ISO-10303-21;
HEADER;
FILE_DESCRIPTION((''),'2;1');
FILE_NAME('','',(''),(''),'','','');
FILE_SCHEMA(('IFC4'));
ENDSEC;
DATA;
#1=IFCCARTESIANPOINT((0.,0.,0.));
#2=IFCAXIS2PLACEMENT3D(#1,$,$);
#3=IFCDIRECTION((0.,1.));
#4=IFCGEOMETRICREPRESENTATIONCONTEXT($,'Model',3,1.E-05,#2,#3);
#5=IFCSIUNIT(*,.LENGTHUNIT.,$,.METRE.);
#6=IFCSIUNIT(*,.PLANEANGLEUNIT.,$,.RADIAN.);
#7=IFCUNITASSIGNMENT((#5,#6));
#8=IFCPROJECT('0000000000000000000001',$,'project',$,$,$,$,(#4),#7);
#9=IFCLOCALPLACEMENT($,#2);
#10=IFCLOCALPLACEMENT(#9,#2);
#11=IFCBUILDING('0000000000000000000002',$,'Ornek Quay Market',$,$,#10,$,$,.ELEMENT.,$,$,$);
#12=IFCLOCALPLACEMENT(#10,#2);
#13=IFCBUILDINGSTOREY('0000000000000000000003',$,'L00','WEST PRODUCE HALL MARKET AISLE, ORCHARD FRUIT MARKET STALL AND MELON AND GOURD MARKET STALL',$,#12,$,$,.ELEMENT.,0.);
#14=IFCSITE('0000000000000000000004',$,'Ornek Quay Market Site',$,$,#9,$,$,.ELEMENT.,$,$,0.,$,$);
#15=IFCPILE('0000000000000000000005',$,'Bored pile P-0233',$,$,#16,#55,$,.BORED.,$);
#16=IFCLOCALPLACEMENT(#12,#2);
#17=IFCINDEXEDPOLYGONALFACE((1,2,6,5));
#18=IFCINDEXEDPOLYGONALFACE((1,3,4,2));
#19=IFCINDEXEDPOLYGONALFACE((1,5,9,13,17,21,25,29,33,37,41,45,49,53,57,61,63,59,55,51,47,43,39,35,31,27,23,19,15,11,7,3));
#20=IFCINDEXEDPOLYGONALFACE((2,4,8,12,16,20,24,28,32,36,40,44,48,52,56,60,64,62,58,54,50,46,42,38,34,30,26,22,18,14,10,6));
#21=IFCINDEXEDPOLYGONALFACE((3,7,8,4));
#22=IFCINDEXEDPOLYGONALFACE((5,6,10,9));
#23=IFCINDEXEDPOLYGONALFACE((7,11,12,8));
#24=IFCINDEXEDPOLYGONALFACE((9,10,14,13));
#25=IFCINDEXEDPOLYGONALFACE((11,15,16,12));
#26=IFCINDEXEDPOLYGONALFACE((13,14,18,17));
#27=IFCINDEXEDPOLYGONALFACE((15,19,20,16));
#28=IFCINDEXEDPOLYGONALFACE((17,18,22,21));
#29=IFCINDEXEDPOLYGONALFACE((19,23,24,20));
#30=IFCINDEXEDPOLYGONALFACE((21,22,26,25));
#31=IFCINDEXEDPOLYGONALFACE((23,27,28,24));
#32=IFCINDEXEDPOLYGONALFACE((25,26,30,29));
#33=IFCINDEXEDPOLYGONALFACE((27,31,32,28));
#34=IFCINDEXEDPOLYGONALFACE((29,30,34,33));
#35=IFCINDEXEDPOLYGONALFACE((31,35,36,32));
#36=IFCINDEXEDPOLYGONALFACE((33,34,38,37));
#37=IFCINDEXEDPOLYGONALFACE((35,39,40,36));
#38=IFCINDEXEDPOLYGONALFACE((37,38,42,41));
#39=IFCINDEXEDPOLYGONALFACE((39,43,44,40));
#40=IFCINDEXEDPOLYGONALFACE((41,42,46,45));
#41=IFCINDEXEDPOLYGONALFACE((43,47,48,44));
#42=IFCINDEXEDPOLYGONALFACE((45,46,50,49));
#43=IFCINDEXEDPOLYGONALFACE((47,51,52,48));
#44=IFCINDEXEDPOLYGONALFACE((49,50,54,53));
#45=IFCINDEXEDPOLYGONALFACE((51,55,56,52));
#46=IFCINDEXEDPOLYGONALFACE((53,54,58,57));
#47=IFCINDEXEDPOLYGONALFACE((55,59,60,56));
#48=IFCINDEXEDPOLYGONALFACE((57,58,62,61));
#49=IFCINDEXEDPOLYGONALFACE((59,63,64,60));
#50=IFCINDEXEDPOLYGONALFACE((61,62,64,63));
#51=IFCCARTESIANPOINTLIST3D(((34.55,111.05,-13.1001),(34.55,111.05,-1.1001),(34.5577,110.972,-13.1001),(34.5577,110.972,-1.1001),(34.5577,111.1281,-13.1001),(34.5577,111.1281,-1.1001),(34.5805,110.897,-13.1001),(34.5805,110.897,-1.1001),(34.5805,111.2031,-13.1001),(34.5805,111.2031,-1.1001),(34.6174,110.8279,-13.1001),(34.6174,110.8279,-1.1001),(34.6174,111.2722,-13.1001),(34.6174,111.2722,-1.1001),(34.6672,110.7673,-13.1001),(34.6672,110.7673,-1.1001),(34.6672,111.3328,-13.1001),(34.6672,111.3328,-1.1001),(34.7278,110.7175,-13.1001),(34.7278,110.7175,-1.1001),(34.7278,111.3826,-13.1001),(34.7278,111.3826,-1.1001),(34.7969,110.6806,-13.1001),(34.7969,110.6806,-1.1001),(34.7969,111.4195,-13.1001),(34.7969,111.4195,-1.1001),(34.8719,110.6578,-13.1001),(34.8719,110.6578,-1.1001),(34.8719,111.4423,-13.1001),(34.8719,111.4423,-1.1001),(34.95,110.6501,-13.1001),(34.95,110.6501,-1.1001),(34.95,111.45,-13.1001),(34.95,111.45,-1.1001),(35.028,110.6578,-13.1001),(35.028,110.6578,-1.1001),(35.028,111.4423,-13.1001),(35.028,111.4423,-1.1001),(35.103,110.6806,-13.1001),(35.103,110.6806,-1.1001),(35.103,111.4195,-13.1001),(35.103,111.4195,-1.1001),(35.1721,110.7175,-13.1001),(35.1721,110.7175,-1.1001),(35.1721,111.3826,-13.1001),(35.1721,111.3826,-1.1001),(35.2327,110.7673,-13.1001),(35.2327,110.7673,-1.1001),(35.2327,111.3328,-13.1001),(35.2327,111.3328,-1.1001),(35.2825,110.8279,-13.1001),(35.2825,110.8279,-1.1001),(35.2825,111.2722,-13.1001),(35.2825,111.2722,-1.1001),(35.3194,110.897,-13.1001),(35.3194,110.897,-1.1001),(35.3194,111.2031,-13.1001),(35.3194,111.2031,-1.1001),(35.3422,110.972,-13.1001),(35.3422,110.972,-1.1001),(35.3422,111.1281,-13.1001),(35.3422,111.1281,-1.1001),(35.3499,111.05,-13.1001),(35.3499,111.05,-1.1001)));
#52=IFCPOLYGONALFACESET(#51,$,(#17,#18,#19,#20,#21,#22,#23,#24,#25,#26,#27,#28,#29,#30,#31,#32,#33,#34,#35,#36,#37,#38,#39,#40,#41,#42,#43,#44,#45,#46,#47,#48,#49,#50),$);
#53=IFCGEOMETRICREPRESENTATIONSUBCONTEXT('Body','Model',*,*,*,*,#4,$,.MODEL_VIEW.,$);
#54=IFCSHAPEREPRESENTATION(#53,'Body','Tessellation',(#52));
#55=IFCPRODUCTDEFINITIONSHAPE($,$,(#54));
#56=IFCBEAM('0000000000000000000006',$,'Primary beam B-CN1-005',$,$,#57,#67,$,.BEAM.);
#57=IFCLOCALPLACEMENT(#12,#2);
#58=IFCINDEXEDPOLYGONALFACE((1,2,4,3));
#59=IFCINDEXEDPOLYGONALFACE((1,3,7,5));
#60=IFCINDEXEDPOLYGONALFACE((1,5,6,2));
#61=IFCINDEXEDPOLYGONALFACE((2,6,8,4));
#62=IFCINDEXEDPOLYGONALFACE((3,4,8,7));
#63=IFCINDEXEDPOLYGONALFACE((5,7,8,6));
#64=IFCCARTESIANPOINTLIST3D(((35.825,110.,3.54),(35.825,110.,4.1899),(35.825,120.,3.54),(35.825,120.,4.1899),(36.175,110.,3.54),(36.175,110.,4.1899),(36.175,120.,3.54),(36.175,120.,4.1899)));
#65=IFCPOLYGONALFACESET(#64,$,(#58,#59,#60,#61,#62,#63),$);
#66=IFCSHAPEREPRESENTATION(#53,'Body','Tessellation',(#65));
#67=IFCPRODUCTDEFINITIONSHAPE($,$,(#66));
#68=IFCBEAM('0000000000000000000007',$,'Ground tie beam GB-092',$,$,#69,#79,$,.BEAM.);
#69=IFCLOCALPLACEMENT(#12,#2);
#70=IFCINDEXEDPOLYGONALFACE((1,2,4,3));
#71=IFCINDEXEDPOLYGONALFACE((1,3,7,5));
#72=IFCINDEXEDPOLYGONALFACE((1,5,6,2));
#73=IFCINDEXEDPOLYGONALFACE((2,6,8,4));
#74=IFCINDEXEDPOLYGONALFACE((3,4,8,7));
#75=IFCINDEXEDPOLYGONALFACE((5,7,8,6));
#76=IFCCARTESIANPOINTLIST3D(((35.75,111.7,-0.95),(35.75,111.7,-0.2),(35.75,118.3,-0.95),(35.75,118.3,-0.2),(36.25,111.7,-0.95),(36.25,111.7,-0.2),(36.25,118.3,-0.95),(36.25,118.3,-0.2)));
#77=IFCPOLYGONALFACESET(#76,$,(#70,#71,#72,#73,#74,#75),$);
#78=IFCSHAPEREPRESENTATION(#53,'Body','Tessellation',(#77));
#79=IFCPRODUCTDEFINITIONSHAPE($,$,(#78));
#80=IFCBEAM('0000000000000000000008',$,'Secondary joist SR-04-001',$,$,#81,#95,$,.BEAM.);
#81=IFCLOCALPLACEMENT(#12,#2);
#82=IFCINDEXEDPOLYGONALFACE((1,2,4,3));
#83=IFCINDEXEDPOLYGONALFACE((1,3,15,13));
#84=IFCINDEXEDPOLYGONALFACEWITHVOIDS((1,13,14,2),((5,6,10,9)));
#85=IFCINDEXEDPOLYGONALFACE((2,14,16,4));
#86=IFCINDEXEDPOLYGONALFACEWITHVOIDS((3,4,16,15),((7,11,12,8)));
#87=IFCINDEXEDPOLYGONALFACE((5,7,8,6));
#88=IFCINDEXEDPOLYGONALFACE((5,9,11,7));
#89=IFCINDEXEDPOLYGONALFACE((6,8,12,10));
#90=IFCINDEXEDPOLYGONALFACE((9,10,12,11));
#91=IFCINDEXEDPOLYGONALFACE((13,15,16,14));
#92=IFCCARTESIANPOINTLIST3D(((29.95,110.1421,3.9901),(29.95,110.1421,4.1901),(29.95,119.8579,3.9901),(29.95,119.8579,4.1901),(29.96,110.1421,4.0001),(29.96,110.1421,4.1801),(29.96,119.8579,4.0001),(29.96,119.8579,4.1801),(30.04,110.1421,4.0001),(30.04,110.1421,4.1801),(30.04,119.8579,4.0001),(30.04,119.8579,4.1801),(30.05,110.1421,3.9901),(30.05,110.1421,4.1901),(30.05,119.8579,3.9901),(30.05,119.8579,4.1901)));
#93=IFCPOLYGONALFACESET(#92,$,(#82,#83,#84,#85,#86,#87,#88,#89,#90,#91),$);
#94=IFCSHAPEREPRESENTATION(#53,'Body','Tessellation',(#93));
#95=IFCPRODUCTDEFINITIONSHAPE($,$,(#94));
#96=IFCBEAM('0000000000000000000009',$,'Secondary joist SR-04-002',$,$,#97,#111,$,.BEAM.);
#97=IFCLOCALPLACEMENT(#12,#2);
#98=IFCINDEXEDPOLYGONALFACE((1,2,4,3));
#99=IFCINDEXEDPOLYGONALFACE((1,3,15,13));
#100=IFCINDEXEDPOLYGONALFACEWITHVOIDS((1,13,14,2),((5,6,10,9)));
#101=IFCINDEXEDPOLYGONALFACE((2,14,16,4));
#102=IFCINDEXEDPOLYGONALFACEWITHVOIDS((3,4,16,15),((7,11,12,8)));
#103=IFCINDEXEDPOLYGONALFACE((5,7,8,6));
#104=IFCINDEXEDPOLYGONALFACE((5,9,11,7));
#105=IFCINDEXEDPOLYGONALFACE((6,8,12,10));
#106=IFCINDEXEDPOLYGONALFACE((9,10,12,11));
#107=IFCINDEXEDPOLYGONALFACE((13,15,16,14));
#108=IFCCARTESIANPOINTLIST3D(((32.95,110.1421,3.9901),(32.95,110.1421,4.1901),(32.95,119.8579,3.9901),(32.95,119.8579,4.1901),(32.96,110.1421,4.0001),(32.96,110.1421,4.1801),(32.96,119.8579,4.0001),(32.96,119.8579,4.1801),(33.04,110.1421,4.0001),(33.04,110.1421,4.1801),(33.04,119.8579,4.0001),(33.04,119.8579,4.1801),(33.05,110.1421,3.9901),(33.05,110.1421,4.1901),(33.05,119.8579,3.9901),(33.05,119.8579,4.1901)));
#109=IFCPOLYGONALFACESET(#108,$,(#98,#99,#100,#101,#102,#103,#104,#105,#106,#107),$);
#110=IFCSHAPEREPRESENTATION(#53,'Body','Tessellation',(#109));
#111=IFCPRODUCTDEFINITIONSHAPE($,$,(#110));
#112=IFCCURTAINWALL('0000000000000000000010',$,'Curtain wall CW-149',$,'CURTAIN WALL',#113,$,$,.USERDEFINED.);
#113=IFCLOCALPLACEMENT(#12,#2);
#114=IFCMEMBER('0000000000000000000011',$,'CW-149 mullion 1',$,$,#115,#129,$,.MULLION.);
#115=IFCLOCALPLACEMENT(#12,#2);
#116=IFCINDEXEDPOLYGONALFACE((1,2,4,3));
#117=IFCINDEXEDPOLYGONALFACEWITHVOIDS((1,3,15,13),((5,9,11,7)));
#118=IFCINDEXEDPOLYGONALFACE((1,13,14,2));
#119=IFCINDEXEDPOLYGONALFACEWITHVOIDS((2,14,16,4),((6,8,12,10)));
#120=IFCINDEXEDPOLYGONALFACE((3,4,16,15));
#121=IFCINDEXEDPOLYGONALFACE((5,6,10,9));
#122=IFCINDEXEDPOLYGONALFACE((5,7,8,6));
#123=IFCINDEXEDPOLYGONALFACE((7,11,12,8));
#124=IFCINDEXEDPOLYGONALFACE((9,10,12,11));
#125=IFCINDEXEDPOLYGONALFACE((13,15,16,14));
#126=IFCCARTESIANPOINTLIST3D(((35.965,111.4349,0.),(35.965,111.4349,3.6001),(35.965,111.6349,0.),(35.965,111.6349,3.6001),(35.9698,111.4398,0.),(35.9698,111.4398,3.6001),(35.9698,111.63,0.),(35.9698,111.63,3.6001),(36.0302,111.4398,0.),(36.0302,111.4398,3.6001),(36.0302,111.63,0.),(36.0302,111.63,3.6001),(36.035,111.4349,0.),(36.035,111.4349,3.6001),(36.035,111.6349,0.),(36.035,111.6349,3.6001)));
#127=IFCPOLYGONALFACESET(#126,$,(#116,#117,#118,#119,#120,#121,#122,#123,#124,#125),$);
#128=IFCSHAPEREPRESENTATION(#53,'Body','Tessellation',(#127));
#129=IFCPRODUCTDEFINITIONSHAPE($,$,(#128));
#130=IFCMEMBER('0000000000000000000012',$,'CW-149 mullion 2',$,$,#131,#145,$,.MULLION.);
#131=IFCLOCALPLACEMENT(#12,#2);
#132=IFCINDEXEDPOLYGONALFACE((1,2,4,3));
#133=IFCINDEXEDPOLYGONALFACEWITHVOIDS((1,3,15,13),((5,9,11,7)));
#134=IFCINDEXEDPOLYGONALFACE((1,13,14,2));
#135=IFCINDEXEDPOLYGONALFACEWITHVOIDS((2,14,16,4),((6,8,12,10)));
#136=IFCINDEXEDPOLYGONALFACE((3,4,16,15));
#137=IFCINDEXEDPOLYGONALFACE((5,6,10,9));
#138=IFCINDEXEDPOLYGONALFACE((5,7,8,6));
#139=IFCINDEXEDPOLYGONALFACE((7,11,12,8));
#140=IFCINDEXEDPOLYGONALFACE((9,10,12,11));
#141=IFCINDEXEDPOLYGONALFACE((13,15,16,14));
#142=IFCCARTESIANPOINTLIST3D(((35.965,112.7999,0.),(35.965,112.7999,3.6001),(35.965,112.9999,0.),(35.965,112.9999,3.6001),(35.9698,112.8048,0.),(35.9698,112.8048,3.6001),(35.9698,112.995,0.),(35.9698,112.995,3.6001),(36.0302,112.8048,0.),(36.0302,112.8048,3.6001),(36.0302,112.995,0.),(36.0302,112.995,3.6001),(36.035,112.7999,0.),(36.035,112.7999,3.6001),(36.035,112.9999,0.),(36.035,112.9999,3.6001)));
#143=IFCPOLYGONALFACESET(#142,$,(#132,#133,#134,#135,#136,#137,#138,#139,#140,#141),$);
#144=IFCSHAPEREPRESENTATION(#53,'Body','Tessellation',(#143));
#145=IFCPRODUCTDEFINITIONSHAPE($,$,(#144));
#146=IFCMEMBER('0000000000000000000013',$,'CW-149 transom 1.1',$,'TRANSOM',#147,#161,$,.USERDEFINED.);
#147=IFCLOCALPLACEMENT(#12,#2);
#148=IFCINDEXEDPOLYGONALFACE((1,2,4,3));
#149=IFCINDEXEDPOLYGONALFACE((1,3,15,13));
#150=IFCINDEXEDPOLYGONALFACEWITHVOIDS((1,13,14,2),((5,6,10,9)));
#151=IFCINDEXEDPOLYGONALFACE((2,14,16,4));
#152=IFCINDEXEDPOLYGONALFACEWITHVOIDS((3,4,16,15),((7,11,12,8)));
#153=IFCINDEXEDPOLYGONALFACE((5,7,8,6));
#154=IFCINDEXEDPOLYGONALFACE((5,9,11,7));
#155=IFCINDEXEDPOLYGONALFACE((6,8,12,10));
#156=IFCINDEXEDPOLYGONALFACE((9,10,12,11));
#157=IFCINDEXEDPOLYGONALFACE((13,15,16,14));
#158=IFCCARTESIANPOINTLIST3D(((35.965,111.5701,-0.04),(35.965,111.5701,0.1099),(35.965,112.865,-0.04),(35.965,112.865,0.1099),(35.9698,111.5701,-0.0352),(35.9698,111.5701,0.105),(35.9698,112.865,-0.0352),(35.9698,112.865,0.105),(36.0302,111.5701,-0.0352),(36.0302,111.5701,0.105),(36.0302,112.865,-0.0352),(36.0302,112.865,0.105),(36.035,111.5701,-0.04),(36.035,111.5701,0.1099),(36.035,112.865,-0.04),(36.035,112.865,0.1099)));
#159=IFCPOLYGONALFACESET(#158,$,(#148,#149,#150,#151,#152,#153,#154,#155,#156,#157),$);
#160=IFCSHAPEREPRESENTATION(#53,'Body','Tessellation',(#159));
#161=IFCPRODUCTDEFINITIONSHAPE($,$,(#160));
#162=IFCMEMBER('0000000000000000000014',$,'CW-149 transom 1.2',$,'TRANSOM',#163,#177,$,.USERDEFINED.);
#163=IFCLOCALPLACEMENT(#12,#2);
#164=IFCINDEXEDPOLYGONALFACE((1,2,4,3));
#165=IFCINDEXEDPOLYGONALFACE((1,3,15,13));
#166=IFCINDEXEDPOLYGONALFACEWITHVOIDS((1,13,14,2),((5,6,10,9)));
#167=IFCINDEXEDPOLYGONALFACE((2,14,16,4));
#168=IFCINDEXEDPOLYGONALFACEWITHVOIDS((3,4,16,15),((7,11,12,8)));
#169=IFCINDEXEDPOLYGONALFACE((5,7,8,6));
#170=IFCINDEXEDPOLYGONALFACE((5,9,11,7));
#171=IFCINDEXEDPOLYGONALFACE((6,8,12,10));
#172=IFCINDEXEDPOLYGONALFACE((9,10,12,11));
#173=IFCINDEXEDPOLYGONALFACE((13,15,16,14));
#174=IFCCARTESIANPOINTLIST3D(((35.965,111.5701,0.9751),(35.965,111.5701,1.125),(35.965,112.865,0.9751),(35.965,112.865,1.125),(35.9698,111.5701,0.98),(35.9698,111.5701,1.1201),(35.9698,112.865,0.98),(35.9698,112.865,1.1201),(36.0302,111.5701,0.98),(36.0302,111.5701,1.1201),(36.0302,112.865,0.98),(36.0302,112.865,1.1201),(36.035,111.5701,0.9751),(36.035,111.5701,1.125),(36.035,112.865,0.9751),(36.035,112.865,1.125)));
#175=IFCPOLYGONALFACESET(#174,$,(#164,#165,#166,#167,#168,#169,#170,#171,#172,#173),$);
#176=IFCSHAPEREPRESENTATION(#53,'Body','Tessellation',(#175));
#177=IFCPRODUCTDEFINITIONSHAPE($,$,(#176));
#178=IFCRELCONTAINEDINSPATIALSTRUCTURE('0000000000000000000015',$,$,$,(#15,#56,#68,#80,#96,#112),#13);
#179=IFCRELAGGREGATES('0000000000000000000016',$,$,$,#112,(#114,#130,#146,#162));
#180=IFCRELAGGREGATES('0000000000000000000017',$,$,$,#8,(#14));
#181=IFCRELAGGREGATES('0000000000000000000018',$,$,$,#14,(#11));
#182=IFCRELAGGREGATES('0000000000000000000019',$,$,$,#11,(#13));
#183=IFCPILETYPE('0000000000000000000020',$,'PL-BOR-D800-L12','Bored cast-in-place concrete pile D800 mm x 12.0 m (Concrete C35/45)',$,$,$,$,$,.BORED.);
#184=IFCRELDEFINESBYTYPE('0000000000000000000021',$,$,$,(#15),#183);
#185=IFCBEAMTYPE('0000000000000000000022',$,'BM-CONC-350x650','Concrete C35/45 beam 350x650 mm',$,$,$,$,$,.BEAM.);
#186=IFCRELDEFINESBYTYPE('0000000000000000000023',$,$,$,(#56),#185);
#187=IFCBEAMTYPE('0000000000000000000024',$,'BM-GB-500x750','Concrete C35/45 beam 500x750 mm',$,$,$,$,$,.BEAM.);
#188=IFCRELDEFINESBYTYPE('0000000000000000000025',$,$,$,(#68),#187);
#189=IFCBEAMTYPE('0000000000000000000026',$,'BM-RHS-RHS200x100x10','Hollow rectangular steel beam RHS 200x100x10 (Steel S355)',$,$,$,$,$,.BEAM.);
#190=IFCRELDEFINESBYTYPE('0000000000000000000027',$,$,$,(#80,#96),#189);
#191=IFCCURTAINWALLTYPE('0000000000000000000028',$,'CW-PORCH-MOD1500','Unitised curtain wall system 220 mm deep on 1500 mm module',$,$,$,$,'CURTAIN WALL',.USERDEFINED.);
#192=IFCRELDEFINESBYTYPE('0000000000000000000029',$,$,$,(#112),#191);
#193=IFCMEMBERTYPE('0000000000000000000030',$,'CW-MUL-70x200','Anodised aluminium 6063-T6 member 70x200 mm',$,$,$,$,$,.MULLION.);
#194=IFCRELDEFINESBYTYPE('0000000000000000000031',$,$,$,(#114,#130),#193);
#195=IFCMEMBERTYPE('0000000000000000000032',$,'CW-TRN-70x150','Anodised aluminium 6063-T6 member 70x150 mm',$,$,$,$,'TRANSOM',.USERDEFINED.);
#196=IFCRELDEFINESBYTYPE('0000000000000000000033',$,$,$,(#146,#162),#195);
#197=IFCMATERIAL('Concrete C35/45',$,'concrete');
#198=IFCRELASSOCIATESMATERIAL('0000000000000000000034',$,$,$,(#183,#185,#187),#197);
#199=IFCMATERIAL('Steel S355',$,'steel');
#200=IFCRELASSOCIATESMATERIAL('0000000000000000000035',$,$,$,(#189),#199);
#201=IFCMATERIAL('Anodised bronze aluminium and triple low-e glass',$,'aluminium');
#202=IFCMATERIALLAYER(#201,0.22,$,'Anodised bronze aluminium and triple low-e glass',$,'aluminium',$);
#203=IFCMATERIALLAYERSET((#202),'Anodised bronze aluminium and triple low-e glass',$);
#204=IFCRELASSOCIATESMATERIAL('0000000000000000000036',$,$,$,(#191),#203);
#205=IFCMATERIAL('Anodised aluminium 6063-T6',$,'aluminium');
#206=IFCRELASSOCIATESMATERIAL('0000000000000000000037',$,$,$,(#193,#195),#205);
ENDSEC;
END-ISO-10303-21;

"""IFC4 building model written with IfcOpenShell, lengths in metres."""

from ifc_helpers import new_model, si_unit, direction, frame, origin, origin_2d, place, context, subcontext, project, spatial, rectangle, hollow_rectangle, circle, extrude, material, layer, layer_set, material_profile, profile_set, type_object, element, aggregate, save


model = new_model("IFC4")

# Units and contexts
model_context = context("Model", 3, precision=1e-05, world=origin(), true_north=direction((0.0, 1.0)))
body_context = subcontext(model_context, "Body", "Model", "MODEL_VIEW")
ifc_project = project(units=[si_unit("LENGTHUNIT", "METRE"), si_unit("PLANEANGLEUNIT", "RADIAN")], contexts=[model_context])

# Site, building, storey
site_placement = place(None, origin())
site = spatial("IfcSite", under=ifc_project, at=site_placement, Name="Ornek Quay Market Site", CompositionType="ELEMENT", RefElevation=0.0)
building_placement = place(site_placement, origin())
building = spatial("IfcBuilding", under=site, at=building_placement, Name="Ornek Quay Market", CompositionType="ELEMENT")
storey_placement = place(building_placement, origin())
storey = spatial("IfcBuildingStorey", under=building, at=storey_placement, Name="L00", Description="WEST PRODUCE HALL MARKET AISLE, ORCHARD FRUIT MARKET STALL AND MELON AND GOURD MARKET STALL", CompositionType="ELEMENT", Elevation=0.0)

# Pile
ifc_material_1 = material(Name="Concrete C35/45", Category="concrete")
ifc_material_profile_1 = material_profile(ifc_material_1, circle(Radius=0.3999, at=origin_2d()), Name="PILE D800", Category="concrete")
ifc_profile_set_1 = profile_set([ifc_material_profile_1], Name="Concrete C35/45")
pile_type = type_object("IfcPileType", Name="PL-BOR-D800-L12", Description="Bored cast-in-place concrete pile D800 mm x 12.0 m (Concrete C35/45)", PredefinedType="BORED", material=ifc_profile_set_1)
pile_placement = place(storey_placement, frame((34.95, 111.05, -1.1001), z_axis=(0.0, 0.0, -1.0), x_axis=(1.0, 0.0, 0.0)))
element("IfcPile", 1, at=pile_placement, inside=storey, type_object=pile_type, Name="Bored pile P-0233", PredefinedType="BORED", context=body_context, shape_type="SweptSolid", body=[
    extrude(circle(Radius=0.3999, at=origin_2d()), origin(), (0.0, 0.0, 1.0), 12.0),
])

# Beams
ifc_material_profile_2 = material_profile(ifc_material_1, rectangle(XDim=0.3501, YDim=0.6499, at=origin_2d()), Name="RC 350x650", Category="concrete")
ifc_profile_set_2 = profile_set([ifc_material_profile_2], Name="Concrete C35/45")
beam_type_1 = type_object("IfcBeamType", Name="BM-CONC-350x650", Description="Concrete C35/45 beam 350x650 mm", PredefinedType="BEAM", material=ifc_profile_set_2)
beam_1_placement = place(storey_placement, frame((36.0, 110.0, 3.865), z_axis=(0.0, 1.0, 0.0), x_axis=(-1.0, 0.0, 0.0)))
element("IfcBeam", 2, at=beam_1_placement, inside=storey, type_object=beam_type_1, Name="Primary beam B-CN1-005", PredefinedType="BEAM", context=body_context, shape_type="SweptSolid", body=[
    extrude(rectangle(XDim=0.3501, YDim=0.6499, at=origin_2d()), origin(), (0.0, 0.0, 1.0), 10.0),
])
ifc_material_profile_3 = material_profile(ifc_material_1, rectangle(XDim=0.5, YDim=0.75, at=origin_2d()), Name="RC 500x750", Category="concrete")
ifc_profile_set_3 = profile_set([ifc_material_profile_3], Name="Concrete C35/45")
beam_type_2 = type_object("IfcBeamType", Name="BM-GB-500x750", Description="Concrete C35/45 beam 500x750 mm", PredefinedType="BEAM", material=ifc_profile_set_3)
beam_2_placement = place(storey_placement, frame((36.0, 111.7, -0.575), z_axis=(0.0, 1.0, 0.0), x_axis=(-1.0, 0.0, 0.0)))
element("IfcBeam", 3, at=beam_2_placement, inside=storey, type_object=beam_type_2, Name="Ground tie beam GB-092", PredefinedType="BEAM", context=body_context, shape_type="SweptSolid", body=[
    extrude(rectangle(XDim=0.5, YDim=0.75, at=origin_2d()), origin(), (0.0, 0.0, 1.0), 6.6001),
])
ifc_material_2 = material(Name="Steel S355", Category="steel")
ifc_material_profile_4 = material_profile(ifc_material_2, hollow_rectangle(XDim=0.1001, YDim=0.2, WallThickness=0.01, at=origin_2d()), Name="RHS 200x100x10", Category="steel")
ifc_profile_set_4 = profile_set([ifc_material_profile_4], Name="Steel S355")
beam_type_3 = type_object("IfcBeamType", Name="BM-RHS-RHS200x100x10", Description="Hollow rectangular steel beam RHS 200x100x10 (Steel S355)", PredefinedType="BEAM", material=ifc_profile_set_4)
for number, where, z_axis, x_axis, name in (
    (4, (30.0, 110.1421, 4.0901), (0.0, 1.0, 0.0), (-1.0, 0.0, 0.0), "Secondary joist SR-04-001"),
    (5, (33.0, 110.1421, 4.0901), (0.0, 1.0, 0.0), (-1.0, 0.0, 0.0), "Secondary joist SR-04-002"),
):
    element("IfcBeam", number, at=place(storey_placement, frame(where, z_axis=z_axis, x_axis=x_axis)), inside=storey, type_object=beam_type_3, Name=name, PredefinedType="BEAM", context=body_context, shape_type="SweptSolid", body=[
        extrude(hollow_rectangle(XDim=0.1001, YDim=0.2, WallThickness=0.01, at=origin_2d()), origin(), (0.0, 0.0, 1.0), 9.7158),
    ])

# Curtain wall, members
ifc_material_3 = material(Name="Anodised bronze aluminium and triple low-e glass", Category="aluminium")
ifc_layer_1 = layer(ifc_material_3, 0.22, Name="Anodised bronze aluminium and triple low-e glass", Category="aluminium")
ifc_layer_set_1 = layer_set([ifc_layer_1], Name="Anodised bronze aluminium and triple low-e glass")
curtain_wall_type = type_object("IfcCurtainWallType", Name="CW-PORCH-MOD1500", Description="Unitised curtain wall system 220 mm deep on 1500 mm module", ElementType="CURTAIN WALL", PredefinedType="USERDEFINED", material=ifc_layer_set_1)
curtain_wall_placement = place(storey_placement, origin())
curtain_wall = element("IfcCurtainWall", 6, at=curtain_wall_placement, inside=storey, type_object=curtain_wall_type, Name="Curtain wall CW-149", ObjectType="CURTAIN WALL", PredefinedType="USERDEFINED")
ifc_material_4 = material(Name="Anodised aluminium 6063-T6", Category="aluminium")
ifc_material_profile_5 = material_profile(ifc_material_4, hollow_rectangle(XDim=0.0701, YDim=0.2, WallThickness=0.0049, at=origin_2d()), Name="CW-MUL-70x200", Category="aluminium")
ifc_profile_set_5 = profile_set([ifc_material_profile_5], Name="Anodised aluminium 6063-T6")
member_type_1 = type_object("IfcMemberType", Name="CW-MUL-70x200", Description="Anodised aluminium 6063-T6 member 70x200 mm", PredefinedType="MULLION", material=ifc_profile_set_5)
member_1_placement = place(storey_placement, frame((36.0, 111.5349, 0.0), z_axis=(0.0, 0.0, 1.0), x_axis=(-1.0, 0.0, 0.0)))
member_1 = element("IfcMember", 7, at=member_1_placement, type_object=member_type_1, Name="CW-149 mullion 1", PredefinedType="MULLION", context=body_context, shape_type="SweptSolid", body=[
    extrude(hollow_rectangle(XDim=0.0701, YDim=0.2, WallThickness=0.0049, at=origin_2d()), origin(), (0.0, 0.0, 1.0), 3.6001),
])
member_2_placement = place(storey_placement, frame((36.0, 112.8999, 0.0), z_axis=(0.0, 0.0, 1.0), x_axis=(-1.0, 0.0, 0.0)))
member_2 = element("IfcMember", 8, at=member_2_placement, type_object=member_type_1, Name="CW-149 mullion 2", PredefinedType="MULLION", context=body_context, shape_type="SweptSolid", body=[
    extrude(hollow_rectangle(XDim=0.0701, YDim=0.2, WallThickness=0.0049, at=origin_2d()), origin(), (0.0, 0.0, 1.0), 3.6001),
])
ifc_material_profile_6 = material_profile(ifc_material_4, hollow_rectangle(XDim=0.0701, YDim=0.1499, WallThickness=0.0049, at=origin_2d()), Name="CW-TRN-70x150", Category="aluminium")
ifc_profile_set_6 = profile_set([ifc_material_profile_6], Name="Anodised aluminium 6063-T6")
member_type_2 = type_object("IfcMemberType", Name="CW-TRN-70x150", Description="Anodised aluminium 6063-T6 member 70x150 mm", ElementType="TRANSOM", PredefinedType="USERDEFINED", material=ifc_profile_set_6)
member_3_placement = place(storey_placement, frame((36.0, 111.5701, 0.0349), z_axis=(0.0, 1.0, 0.0), x_axis=(-1.0, 0.0, 0.0)))
member_3 = element("IfcMember", 9, at=member_3_placement, type_object=member_type_2, Name="CW-149 transom 1.1", ObjectType="TRANSOM", PredefinedType="USERDEFINED", context=body_context, shape_type="SweptSolid", body=[
    extrude(hollow_rectangle(XDim=0.0701, YDim=0.1499, WallThickness=0.0049, at=origin_2d()), origin(), (0.0, 0.0, 1.0), 1.2949),
])
member_4_placement = place(storey_placement, frame((36.0, 111.5701, 1.05), z_axis=(0.0, 1.0, 0.0), x_axis=(-1.0, 0.0, 0.0)))
member_4 = element("IfcMember", 10, at=member_4_placement, type_object=member_type_2, Name="CW-149 transom 1.2", ObjectType="TRANSOM", PredefinedType="USERDEFINED", context=body_context, shape_type="SweptSolid", body=[
    extrude(hollow_rectangle(XDim=0.0701, YDim=0.1499, WallThickness=0.0049, at=origin_2d()), origin(), (0.0, 0.0, 1.0), 1.2949),
])

aggregate(curtain_wall, [member_1, member_2, member_3, member_4])

save(model, "model.ifc")
